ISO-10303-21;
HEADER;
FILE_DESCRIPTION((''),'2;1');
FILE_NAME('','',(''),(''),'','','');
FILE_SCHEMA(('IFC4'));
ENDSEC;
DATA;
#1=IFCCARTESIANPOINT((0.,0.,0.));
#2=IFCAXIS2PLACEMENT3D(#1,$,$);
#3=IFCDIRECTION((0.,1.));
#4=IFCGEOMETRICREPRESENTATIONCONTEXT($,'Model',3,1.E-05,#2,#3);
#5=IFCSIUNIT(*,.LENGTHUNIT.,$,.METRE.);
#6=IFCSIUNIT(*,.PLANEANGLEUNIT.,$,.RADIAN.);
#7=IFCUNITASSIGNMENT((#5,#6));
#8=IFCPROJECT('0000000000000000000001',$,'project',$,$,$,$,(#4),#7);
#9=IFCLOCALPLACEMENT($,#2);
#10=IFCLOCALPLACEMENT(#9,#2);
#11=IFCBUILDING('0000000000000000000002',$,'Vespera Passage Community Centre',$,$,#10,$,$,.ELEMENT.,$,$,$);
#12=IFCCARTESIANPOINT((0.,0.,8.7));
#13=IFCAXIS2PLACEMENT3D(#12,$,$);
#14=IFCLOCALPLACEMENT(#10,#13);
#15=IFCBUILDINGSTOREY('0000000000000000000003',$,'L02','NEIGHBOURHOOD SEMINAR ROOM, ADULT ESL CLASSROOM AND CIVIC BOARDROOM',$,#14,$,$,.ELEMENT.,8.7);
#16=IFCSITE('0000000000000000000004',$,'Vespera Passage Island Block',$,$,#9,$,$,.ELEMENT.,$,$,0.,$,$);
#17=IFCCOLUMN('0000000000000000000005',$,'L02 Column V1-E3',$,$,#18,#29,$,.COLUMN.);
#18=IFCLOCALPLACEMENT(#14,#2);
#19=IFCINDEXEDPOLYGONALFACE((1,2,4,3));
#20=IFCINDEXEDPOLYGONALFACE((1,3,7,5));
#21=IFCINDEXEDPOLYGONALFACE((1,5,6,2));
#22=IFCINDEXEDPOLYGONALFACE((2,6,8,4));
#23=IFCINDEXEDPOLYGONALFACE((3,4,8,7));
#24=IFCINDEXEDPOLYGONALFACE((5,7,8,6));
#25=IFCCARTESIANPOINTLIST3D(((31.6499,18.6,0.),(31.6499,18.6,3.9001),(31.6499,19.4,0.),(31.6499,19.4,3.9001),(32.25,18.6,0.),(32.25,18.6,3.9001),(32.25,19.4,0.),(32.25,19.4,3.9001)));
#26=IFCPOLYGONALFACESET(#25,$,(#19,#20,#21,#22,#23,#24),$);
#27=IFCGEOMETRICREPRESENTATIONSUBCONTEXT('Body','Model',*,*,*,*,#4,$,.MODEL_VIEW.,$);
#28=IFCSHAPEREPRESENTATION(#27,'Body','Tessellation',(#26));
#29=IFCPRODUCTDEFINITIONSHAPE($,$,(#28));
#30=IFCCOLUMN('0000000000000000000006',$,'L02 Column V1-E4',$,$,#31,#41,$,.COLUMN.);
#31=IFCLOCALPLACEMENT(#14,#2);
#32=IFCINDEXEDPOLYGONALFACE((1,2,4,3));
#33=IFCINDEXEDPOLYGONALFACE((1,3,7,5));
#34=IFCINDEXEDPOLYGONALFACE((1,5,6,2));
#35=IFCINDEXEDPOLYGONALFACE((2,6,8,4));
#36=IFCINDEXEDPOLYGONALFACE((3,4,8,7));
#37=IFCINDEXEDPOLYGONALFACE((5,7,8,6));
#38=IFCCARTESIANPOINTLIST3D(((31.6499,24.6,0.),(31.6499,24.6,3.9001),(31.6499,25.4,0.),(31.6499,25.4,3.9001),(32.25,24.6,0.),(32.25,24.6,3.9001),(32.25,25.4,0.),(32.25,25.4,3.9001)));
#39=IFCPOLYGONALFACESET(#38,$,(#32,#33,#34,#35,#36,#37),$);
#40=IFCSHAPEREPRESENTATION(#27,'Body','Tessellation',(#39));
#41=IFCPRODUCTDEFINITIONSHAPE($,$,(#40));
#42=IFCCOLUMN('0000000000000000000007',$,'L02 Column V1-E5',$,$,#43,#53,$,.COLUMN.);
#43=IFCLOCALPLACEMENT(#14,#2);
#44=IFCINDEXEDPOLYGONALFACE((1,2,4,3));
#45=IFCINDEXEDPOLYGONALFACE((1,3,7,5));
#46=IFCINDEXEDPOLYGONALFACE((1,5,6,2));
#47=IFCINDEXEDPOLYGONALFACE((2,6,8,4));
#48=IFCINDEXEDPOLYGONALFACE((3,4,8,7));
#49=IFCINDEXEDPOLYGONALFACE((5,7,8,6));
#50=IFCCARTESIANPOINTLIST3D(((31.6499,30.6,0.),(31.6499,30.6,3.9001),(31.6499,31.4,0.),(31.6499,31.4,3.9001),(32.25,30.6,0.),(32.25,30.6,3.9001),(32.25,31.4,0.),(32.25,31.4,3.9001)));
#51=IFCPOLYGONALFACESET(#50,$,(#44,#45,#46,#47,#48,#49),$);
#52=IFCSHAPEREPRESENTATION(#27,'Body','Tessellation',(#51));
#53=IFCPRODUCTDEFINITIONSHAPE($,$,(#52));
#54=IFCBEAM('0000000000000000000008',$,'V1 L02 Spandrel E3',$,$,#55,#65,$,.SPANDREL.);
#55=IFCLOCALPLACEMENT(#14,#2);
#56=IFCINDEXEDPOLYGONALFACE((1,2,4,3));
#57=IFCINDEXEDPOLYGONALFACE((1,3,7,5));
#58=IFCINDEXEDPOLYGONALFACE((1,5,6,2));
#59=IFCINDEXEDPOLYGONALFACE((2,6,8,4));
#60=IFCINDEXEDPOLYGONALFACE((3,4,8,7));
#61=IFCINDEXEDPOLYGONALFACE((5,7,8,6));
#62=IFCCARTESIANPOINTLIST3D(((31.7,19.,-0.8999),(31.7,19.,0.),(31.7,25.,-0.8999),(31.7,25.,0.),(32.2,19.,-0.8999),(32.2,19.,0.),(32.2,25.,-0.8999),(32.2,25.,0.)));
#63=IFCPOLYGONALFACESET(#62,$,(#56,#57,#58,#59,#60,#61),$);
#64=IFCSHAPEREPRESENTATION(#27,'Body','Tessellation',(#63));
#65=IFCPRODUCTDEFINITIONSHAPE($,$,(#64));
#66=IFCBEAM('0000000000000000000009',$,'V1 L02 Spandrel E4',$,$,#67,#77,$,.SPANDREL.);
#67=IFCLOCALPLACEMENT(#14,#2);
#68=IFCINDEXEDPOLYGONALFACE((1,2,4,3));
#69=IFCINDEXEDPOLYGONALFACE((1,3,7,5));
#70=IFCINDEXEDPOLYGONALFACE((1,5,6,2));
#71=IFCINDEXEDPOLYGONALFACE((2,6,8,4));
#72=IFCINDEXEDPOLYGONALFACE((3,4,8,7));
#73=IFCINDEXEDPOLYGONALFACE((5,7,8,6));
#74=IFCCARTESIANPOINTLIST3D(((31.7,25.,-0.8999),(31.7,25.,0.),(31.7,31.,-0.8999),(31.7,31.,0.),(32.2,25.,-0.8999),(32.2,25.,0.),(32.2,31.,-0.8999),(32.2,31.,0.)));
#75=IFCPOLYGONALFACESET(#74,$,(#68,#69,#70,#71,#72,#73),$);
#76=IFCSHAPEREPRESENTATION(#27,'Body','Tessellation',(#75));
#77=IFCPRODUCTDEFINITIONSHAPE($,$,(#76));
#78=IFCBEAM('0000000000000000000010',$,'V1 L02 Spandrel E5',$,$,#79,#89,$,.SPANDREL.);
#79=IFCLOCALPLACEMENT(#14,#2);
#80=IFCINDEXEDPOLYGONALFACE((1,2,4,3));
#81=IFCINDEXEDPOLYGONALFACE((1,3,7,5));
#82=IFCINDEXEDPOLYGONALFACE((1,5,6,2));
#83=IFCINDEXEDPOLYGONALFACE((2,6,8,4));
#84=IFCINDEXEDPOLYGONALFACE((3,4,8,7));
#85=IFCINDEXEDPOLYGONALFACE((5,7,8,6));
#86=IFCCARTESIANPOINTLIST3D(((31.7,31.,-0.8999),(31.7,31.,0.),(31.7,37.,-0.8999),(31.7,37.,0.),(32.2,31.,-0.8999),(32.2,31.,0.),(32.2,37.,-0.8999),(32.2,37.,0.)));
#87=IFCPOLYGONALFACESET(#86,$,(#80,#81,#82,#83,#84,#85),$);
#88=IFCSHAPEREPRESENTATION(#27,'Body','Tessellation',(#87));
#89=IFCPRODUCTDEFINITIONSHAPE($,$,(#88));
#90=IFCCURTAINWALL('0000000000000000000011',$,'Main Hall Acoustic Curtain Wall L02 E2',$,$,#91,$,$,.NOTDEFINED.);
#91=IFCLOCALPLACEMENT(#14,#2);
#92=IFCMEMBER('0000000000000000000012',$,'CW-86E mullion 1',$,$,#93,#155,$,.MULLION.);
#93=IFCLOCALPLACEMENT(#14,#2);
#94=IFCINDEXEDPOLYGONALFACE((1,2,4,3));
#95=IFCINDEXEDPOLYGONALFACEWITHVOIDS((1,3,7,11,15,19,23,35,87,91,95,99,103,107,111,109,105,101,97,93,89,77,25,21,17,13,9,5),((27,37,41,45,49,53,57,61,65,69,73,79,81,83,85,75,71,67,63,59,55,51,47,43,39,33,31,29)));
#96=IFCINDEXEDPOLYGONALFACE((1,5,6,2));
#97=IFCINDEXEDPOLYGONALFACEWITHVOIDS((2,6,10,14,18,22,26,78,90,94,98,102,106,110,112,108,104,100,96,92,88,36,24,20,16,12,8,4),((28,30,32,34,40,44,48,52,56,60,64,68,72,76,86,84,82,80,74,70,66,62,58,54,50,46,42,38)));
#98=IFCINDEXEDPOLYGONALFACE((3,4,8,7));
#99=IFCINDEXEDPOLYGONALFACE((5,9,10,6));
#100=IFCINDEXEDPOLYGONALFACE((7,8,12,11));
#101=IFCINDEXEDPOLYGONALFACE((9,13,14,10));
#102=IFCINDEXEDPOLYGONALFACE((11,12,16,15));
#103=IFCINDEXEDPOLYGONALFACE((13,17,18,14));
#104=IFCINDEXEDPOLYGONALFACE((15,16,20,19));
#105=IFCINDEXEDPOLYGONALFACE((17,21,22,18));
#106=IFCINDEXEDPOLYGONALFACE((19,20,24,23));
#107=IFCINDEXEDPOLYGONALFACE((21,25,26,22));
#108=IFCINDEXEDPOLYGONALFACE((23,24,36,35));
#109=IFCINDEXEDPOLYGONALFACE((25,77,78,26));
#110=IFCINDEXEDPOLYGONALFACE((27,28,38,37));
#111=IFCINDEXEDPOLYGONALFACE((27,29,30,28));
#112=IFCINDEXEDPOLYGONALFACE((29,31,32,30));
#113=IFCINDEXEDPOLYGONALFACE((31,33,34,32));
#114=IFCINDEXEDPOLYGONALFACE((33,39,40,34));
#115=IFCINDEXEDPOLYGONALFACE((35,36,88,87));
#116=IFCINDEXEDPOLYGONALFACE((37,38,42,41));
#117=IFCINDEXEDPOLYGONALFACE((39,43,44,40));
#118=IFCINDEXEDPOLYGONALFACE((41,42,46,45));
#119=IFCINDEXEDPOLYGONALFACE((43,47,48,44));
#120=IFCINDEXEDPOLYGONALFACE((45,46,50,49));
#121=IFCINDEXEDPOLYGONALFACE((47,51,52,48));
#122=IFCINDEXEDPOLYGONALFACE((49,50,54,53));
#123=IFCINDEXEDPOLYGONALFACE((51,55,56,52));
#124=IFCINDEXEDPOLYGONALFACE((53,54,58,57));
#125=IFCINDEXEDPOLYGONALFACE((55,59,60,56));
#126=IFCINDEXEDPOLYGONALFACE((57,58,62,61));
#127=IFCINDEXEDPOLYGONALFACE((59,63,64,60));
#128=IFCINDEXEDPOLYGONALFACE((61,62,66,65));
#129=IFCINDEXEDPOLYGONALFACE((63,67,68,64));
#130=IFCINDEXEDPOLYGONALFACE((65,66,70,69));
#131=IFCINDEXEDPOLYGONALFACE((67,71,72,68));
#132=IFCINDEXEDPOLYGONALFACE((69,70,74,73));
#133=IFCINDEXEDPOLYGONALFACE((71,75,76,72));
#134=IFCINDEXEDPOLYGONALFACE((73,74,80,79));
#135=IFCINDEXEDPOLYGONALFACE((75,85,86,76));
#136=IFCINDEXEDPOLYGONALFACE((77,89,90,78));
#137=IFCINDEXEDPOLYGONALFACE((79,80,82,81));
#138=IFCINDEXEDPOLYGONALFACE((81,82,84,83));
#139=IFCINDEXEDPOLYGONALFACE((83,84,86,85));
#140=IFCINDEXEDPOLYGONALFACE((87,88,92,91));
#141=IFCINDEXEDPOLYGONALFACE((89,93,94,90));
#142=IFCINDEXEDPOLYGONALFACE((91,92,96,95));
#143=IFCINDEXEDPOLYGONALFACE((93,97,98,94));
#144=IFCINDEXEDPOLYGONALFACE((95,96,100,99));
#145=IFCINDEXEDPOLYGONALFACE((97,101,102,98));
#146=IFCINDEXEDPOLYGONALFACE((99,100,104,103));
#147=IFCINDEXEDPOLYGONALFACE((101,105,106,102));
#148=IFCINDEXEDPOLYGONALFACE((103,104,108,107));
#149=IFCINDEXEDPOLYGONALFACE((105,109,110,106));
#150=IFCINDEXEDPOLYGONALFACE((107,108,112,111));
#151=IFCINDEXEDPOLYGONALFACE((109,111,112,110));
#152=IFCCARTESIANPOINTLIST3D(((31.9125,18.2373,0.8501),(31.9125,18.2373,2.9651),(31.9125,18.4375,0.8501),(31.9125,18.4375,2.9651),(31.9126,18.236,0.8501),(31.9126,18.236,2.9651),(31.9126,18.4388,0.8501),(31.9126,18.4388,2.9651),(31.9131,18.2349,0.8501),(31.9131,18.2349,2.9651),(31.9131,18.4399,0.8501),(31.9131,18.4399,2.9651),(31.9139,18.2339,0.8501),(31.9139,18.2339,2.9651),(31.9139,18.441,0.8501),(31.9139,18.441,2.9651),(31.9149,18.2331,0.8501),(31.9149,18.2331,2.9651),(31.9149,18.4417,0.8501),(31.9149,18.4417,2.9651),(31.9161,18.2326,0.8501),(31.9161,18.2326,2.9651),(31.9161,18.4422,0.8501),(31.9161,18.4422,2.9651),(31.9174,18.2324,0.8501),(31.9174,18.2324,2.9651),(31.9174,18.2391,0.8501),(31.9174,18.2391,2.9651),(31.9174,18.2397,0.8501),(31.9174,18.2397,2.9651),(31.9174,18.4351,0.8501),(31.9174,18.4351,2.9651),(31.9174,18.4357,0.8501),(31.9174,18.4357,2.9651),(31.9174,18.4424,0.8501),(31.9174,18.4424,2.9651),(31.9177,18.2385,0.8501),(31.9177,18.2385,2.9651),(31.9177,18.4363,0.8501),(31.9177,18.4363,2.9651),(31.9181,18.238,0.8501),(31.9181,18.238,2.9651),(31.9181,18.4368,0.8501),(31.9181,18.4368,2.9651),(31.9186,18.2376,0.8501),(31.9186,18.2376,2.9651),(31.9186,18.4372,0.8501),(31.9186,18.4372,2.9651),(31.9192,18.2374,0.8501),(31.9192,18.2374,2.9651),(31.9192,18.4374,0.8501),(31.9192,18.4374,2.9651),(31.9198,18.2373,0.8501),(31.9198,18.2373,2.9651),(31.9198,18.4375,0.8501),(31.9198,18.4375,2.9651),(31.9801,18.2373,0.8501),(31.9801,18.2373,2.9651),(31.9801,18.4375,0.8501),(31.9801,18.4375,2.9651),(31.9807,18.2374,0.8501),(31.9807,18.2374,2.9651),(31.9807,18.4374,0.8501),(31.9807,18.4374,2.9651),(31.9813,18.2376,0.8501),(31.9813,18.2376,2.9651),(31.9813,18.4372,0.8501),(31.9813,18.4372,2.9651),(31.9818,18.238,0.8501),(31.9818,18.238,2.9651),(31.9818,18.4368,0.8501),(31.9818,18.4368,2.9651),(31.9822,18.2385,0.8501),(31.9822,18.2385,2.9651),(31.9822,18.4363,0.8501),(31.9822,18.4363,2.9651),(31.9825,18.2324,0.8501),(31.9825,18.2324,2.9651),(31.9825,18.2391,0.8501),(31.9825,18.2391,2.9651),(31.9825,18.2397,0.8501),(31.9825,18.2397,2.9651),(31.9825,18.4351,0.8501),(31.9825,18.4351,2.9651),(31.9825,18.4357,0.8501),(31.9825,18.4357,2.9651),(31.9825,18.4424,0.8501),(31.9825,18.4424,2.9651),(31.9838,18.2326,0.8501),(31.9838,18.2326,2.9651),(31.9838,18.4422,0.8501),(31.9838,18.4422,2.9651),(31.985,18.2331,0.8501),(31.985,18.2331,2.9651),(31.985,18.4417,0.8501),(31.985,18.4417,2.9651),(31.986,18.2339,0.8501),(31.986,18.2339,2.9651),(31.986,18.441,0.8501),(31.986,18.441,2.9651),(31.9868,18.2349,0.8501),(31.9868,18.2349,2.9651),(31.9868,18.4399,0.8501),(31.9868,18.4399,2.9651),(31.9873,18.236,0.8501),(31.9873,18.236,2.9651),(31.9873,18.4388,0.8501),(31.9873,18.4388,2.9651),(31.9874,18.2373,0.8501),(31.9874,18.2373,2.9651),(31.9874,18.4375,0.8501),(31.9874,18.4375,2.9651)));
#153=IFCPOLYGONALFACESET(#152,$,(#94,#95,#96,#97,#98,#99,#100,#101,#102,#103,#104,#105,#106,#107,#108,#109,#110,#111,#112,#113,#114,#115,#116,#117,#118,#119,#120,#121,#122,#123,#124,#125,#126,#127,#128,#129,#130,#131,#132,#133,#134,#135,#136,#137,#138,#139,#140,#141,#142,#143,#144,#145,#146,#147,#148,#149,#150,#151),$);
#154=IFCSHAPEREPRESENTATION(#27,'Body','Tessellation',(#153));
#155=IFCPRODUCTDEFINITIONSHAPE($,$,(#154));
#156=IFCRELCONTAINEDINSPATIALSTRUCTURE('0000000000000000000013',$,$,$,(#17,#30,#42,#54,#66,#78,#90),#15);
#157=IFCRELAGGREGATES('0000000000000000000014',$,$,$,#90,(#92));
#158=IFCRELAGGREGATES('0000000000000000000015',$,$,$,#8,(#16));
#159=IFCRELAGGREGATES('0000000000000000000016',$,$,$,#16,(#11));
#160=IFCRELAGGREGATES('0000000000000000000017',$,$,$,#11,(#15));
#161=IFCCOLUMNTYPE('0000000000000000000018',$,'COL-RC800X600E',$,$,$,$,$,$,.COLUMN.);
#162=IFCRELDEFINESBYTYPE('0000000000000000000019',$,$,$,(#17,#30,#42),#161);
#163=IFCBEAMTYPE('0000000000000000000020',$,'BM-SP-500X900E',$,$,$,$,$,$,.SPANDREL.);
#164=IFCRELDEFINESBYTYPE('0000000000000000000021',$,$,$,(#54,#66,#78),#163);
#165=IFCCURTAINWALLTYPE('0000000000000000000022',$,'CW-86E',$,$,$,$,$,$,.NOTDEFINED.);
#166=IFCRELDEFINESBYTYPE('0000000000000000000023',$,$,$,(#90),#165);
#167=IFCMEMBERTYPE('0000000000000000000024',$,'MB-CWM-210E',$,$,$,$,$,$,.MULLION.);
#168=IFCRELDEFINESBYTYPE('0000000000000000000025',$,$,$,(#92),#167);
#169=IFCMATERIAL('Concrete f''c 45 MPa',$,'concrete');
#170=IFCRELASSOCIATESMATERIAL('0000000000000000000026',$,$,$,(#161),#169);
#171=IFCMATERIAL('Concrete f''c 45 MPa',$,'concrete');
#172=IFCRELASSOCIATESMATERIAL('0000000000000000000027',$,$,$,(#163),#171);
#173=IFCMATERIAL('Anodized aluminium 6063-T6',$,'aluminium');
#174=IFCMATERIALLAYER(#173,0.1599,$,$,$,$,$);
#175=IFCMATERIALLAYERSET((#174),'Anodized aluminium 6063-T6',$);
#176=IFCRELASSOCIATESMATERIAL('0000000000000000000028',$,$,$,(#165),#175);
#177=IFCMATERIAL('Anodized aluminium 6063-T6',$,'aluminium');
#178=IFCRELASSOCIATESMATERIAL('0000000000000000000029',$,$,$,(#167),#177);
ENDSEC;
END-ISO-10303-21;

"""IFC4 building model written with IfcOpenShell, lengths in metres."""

from ifc_helpers import new_model, si_unit, direction, frame, origin, origin_2d, place, context, subcontext, project, spatial, rectangle, hollow_rectangle, extrude, material, layer, layer_set, material_profile, profile_set, type_object, element, aggregate, save


model = new_model("IFC4")

# Units and contexts
model_context = context("Model", 3, precision=1e-05, world=origin(), true_north=direction((0.0, 1.0)))
body_context = subcontext(model_context, "Body", "Model", "MODEL_VIEW")
ifc_project = project(units=[si_unit("LENGTHUNIT", "METRE"), si_unit("PLANEANGLEUNIT", "RADIAN")], contexts=[model_context])

# Site, building, storey
site_placement = place(None, origin())
site = spatial("IfcSite", under=ifc_project, at=site_placement, Name="Vespera Passage Island Block", CompositionType="ELEMENT", RefElevation=0.0)
building_placement = place(site_placement, origin())
building = spatial("IfcBuilding", under=site, at=building_placement, Name="Vespera Passage Community Centre", CompositionType="ELEMENT")
storey_placement = place(building_placement, frame((0.0, 0.0, 8.7)))
storey = spatial("IfcBuildingStorey", under=building, at=storey_placement, Name="L02", Description="NEIGHBOURHOOD SEMINAR ROOM, ADULT ESL CLASSROOM AND CIVIC BOARDROOM", CompositionType="ELEMENT", Elevation=8.7)

# Columns
ifc_material_1 = material(Name="Concrete f'c 45 MPa", Category="concrete")
ifc_material_profile_1 = material_profile(ifc_material_1, rectangle(XDim=0.6001, YDim=0.8, at=origin_2d()), Name="RC800X600")
ifc_profile_set_1 = profile_set([ifc_material_profile_1], Name="Concrete f'c 45 MPa")
column_type = type_object("IfcColumnType", Name="COL-RC800X600E", PredefinedType="COLUMN", material=ifc_profile_set_1)
for number, where, z_axis, x_axis, name in (
    (1, (31.95, 19.0, 0.0), (0.0, 0.0, 1.0), (1.0, 0.0, 0.0), "L02 Column V1-E3"),
    (2, (31.95, 25.0, 0.0), (0.0, 0.0, 1.0), (1.0, 0.0, 0.0), "L02 Column V1-E4"),
    (3, (31.95, 31.0, 0.0), (0.0, 0.0, 1.0), (1.0, 0.0, 0.0), "L02 Column V1-E5"),
):
    element("IfcColumn", number, at=place(storey_placement, frame(where, z_axis=z_axis, x_axis=x_axis)), inside=storey, type_object=column_type, Name=name, PredefinedType="COLUMN", context=body_context, shape_type="SweptSolid", body=[
        extrude(rectangle(XDim=0.6001, YDim=0.8, at=origin_2d()), origin(), (0.0, 0.0, 1.0), 3.9001),
    ])

# Beams
ifc_material_2 = material(Name="Concrete f'c 45 MPa", Category="concrete")
ifc_material_profile_2 = material_profile(ifc_material_2, rectangle(XDim=0.5, YDim=0.8999, at=origin_2d()), Name="RC500X900")
ifc_profile_set_2 = profile_set([ifc_material_profile_2], Name="Concrete f'c 45 MPa")
beam_type = type_object("IfcBeamType", Name="BM-SP-500X900E", PredefinedType="SPANDREL", material=ifc_profile_set_2)
for number, where, z_axis, x_axis, name in (
    (4, (31.95, 19.0, -0.45), (0.0, 1.0, 0.0), (-1.0, 0.0, 0.0), "V1 L02 Spandrel E3"),
    (5, (31.95, 25.0, -0.45), (0.0, 1.0, 0.0), (-1.0, 0.0, 0.0), "V1 L02 Spandrel E4"),
    (6, (31.95, 31.0, -0.45), (0.0, 1.0, 0.0), (-1.0, 0.0, 0.0), "V1 L02 Spandrel E5"),
):
    element("IfcBeam", number, at=place(storey_placement, frame(where, z_axis=z_axis, x_axis=x_axis)), inside=storey, type_object=beam_type, Name=name, PredefinedType="SPANDREL", context=body_context, shape_type="SweptSolid", body=[
        extrude(rectangle(XDim=0.5, YDim=0.8999, at=origin_2d()), origin(), (0.0, 0.0, 1.0), 6.0),
    ])

# Curtain wall, member
ifc_material_3 = material(Name="Anodized aluminium 6063-T6", Category="aluminium")
ifc_layer_1 = layer(ifc_material_3, 0.1599)
ifc_layer_set_1 = layer_set([ifc_layer_1], Name="Anodized aluminium 6063-T6")
curtain_wall_type = type_object("IfcCurtainWallType", Name="CW-86E", PredefinedType="NOTDEFINED", material=ifc_layer_set_1)
curtain_wall_1_placement = place(storey_placement, origin())
curtain_wall_1 = element("IfcCurtainWall", 7, at=curtain_wall_1_placement, inside=storey, type_object=curtain_wall_type, Name="Main Hall Acoustic Curtain Wall L02 E2", PredefinedType="NOTDEFINED")
ifc_material_4 = material(Name="Anodized aluminium 6063-T6", Category="aluminium")
ifc_material_profile_3 = material_profile(ifc_material_4, hollow_rectangle(XDim=0.075, YDim=0.21, WallThickness=0.0049, InnerFilletRadius=0.0024, OuterFilletRadius=0.0049, at=origin_2d()), Name="ALU210X75X5")
ifc_profile_set_3 = profile_set([ifc_material_profile_3], Name="Anodized aluminium 6063-T6")
member_type_1 = type_object("IfcMemberType", Name="MB-CWM-210E", PredefinedType="MULLION", material=ifc_profile_set_3)
member_1_placement = place(storey_placement, frame((31.95, 18.3374, 0.8501), z_axis=(0.0, 0.0, 1.0), x_axis=(1.0, 0.0, 0.0)))
member_1 = element("IfcMember", 8, at=member_1_placement, type_object=member_type_1, Name="CW-86E mullion 1", PredefinedType="MULLION", context=body_context, shape_type="SweptSolid", body=[
    extrude(hollow_rectangle(XDim=0.075, YDim=0.21, WallThickness=0.0049, InnerFilletRadius=0.0024, OuterFilletRadius=0.0049, at=origin_2d()), origin(), (0.0, 0.0, 1.0), 2.115),
])

aggregate(curtain_wall_1, [member_1])

save(model, "model.ifc")
